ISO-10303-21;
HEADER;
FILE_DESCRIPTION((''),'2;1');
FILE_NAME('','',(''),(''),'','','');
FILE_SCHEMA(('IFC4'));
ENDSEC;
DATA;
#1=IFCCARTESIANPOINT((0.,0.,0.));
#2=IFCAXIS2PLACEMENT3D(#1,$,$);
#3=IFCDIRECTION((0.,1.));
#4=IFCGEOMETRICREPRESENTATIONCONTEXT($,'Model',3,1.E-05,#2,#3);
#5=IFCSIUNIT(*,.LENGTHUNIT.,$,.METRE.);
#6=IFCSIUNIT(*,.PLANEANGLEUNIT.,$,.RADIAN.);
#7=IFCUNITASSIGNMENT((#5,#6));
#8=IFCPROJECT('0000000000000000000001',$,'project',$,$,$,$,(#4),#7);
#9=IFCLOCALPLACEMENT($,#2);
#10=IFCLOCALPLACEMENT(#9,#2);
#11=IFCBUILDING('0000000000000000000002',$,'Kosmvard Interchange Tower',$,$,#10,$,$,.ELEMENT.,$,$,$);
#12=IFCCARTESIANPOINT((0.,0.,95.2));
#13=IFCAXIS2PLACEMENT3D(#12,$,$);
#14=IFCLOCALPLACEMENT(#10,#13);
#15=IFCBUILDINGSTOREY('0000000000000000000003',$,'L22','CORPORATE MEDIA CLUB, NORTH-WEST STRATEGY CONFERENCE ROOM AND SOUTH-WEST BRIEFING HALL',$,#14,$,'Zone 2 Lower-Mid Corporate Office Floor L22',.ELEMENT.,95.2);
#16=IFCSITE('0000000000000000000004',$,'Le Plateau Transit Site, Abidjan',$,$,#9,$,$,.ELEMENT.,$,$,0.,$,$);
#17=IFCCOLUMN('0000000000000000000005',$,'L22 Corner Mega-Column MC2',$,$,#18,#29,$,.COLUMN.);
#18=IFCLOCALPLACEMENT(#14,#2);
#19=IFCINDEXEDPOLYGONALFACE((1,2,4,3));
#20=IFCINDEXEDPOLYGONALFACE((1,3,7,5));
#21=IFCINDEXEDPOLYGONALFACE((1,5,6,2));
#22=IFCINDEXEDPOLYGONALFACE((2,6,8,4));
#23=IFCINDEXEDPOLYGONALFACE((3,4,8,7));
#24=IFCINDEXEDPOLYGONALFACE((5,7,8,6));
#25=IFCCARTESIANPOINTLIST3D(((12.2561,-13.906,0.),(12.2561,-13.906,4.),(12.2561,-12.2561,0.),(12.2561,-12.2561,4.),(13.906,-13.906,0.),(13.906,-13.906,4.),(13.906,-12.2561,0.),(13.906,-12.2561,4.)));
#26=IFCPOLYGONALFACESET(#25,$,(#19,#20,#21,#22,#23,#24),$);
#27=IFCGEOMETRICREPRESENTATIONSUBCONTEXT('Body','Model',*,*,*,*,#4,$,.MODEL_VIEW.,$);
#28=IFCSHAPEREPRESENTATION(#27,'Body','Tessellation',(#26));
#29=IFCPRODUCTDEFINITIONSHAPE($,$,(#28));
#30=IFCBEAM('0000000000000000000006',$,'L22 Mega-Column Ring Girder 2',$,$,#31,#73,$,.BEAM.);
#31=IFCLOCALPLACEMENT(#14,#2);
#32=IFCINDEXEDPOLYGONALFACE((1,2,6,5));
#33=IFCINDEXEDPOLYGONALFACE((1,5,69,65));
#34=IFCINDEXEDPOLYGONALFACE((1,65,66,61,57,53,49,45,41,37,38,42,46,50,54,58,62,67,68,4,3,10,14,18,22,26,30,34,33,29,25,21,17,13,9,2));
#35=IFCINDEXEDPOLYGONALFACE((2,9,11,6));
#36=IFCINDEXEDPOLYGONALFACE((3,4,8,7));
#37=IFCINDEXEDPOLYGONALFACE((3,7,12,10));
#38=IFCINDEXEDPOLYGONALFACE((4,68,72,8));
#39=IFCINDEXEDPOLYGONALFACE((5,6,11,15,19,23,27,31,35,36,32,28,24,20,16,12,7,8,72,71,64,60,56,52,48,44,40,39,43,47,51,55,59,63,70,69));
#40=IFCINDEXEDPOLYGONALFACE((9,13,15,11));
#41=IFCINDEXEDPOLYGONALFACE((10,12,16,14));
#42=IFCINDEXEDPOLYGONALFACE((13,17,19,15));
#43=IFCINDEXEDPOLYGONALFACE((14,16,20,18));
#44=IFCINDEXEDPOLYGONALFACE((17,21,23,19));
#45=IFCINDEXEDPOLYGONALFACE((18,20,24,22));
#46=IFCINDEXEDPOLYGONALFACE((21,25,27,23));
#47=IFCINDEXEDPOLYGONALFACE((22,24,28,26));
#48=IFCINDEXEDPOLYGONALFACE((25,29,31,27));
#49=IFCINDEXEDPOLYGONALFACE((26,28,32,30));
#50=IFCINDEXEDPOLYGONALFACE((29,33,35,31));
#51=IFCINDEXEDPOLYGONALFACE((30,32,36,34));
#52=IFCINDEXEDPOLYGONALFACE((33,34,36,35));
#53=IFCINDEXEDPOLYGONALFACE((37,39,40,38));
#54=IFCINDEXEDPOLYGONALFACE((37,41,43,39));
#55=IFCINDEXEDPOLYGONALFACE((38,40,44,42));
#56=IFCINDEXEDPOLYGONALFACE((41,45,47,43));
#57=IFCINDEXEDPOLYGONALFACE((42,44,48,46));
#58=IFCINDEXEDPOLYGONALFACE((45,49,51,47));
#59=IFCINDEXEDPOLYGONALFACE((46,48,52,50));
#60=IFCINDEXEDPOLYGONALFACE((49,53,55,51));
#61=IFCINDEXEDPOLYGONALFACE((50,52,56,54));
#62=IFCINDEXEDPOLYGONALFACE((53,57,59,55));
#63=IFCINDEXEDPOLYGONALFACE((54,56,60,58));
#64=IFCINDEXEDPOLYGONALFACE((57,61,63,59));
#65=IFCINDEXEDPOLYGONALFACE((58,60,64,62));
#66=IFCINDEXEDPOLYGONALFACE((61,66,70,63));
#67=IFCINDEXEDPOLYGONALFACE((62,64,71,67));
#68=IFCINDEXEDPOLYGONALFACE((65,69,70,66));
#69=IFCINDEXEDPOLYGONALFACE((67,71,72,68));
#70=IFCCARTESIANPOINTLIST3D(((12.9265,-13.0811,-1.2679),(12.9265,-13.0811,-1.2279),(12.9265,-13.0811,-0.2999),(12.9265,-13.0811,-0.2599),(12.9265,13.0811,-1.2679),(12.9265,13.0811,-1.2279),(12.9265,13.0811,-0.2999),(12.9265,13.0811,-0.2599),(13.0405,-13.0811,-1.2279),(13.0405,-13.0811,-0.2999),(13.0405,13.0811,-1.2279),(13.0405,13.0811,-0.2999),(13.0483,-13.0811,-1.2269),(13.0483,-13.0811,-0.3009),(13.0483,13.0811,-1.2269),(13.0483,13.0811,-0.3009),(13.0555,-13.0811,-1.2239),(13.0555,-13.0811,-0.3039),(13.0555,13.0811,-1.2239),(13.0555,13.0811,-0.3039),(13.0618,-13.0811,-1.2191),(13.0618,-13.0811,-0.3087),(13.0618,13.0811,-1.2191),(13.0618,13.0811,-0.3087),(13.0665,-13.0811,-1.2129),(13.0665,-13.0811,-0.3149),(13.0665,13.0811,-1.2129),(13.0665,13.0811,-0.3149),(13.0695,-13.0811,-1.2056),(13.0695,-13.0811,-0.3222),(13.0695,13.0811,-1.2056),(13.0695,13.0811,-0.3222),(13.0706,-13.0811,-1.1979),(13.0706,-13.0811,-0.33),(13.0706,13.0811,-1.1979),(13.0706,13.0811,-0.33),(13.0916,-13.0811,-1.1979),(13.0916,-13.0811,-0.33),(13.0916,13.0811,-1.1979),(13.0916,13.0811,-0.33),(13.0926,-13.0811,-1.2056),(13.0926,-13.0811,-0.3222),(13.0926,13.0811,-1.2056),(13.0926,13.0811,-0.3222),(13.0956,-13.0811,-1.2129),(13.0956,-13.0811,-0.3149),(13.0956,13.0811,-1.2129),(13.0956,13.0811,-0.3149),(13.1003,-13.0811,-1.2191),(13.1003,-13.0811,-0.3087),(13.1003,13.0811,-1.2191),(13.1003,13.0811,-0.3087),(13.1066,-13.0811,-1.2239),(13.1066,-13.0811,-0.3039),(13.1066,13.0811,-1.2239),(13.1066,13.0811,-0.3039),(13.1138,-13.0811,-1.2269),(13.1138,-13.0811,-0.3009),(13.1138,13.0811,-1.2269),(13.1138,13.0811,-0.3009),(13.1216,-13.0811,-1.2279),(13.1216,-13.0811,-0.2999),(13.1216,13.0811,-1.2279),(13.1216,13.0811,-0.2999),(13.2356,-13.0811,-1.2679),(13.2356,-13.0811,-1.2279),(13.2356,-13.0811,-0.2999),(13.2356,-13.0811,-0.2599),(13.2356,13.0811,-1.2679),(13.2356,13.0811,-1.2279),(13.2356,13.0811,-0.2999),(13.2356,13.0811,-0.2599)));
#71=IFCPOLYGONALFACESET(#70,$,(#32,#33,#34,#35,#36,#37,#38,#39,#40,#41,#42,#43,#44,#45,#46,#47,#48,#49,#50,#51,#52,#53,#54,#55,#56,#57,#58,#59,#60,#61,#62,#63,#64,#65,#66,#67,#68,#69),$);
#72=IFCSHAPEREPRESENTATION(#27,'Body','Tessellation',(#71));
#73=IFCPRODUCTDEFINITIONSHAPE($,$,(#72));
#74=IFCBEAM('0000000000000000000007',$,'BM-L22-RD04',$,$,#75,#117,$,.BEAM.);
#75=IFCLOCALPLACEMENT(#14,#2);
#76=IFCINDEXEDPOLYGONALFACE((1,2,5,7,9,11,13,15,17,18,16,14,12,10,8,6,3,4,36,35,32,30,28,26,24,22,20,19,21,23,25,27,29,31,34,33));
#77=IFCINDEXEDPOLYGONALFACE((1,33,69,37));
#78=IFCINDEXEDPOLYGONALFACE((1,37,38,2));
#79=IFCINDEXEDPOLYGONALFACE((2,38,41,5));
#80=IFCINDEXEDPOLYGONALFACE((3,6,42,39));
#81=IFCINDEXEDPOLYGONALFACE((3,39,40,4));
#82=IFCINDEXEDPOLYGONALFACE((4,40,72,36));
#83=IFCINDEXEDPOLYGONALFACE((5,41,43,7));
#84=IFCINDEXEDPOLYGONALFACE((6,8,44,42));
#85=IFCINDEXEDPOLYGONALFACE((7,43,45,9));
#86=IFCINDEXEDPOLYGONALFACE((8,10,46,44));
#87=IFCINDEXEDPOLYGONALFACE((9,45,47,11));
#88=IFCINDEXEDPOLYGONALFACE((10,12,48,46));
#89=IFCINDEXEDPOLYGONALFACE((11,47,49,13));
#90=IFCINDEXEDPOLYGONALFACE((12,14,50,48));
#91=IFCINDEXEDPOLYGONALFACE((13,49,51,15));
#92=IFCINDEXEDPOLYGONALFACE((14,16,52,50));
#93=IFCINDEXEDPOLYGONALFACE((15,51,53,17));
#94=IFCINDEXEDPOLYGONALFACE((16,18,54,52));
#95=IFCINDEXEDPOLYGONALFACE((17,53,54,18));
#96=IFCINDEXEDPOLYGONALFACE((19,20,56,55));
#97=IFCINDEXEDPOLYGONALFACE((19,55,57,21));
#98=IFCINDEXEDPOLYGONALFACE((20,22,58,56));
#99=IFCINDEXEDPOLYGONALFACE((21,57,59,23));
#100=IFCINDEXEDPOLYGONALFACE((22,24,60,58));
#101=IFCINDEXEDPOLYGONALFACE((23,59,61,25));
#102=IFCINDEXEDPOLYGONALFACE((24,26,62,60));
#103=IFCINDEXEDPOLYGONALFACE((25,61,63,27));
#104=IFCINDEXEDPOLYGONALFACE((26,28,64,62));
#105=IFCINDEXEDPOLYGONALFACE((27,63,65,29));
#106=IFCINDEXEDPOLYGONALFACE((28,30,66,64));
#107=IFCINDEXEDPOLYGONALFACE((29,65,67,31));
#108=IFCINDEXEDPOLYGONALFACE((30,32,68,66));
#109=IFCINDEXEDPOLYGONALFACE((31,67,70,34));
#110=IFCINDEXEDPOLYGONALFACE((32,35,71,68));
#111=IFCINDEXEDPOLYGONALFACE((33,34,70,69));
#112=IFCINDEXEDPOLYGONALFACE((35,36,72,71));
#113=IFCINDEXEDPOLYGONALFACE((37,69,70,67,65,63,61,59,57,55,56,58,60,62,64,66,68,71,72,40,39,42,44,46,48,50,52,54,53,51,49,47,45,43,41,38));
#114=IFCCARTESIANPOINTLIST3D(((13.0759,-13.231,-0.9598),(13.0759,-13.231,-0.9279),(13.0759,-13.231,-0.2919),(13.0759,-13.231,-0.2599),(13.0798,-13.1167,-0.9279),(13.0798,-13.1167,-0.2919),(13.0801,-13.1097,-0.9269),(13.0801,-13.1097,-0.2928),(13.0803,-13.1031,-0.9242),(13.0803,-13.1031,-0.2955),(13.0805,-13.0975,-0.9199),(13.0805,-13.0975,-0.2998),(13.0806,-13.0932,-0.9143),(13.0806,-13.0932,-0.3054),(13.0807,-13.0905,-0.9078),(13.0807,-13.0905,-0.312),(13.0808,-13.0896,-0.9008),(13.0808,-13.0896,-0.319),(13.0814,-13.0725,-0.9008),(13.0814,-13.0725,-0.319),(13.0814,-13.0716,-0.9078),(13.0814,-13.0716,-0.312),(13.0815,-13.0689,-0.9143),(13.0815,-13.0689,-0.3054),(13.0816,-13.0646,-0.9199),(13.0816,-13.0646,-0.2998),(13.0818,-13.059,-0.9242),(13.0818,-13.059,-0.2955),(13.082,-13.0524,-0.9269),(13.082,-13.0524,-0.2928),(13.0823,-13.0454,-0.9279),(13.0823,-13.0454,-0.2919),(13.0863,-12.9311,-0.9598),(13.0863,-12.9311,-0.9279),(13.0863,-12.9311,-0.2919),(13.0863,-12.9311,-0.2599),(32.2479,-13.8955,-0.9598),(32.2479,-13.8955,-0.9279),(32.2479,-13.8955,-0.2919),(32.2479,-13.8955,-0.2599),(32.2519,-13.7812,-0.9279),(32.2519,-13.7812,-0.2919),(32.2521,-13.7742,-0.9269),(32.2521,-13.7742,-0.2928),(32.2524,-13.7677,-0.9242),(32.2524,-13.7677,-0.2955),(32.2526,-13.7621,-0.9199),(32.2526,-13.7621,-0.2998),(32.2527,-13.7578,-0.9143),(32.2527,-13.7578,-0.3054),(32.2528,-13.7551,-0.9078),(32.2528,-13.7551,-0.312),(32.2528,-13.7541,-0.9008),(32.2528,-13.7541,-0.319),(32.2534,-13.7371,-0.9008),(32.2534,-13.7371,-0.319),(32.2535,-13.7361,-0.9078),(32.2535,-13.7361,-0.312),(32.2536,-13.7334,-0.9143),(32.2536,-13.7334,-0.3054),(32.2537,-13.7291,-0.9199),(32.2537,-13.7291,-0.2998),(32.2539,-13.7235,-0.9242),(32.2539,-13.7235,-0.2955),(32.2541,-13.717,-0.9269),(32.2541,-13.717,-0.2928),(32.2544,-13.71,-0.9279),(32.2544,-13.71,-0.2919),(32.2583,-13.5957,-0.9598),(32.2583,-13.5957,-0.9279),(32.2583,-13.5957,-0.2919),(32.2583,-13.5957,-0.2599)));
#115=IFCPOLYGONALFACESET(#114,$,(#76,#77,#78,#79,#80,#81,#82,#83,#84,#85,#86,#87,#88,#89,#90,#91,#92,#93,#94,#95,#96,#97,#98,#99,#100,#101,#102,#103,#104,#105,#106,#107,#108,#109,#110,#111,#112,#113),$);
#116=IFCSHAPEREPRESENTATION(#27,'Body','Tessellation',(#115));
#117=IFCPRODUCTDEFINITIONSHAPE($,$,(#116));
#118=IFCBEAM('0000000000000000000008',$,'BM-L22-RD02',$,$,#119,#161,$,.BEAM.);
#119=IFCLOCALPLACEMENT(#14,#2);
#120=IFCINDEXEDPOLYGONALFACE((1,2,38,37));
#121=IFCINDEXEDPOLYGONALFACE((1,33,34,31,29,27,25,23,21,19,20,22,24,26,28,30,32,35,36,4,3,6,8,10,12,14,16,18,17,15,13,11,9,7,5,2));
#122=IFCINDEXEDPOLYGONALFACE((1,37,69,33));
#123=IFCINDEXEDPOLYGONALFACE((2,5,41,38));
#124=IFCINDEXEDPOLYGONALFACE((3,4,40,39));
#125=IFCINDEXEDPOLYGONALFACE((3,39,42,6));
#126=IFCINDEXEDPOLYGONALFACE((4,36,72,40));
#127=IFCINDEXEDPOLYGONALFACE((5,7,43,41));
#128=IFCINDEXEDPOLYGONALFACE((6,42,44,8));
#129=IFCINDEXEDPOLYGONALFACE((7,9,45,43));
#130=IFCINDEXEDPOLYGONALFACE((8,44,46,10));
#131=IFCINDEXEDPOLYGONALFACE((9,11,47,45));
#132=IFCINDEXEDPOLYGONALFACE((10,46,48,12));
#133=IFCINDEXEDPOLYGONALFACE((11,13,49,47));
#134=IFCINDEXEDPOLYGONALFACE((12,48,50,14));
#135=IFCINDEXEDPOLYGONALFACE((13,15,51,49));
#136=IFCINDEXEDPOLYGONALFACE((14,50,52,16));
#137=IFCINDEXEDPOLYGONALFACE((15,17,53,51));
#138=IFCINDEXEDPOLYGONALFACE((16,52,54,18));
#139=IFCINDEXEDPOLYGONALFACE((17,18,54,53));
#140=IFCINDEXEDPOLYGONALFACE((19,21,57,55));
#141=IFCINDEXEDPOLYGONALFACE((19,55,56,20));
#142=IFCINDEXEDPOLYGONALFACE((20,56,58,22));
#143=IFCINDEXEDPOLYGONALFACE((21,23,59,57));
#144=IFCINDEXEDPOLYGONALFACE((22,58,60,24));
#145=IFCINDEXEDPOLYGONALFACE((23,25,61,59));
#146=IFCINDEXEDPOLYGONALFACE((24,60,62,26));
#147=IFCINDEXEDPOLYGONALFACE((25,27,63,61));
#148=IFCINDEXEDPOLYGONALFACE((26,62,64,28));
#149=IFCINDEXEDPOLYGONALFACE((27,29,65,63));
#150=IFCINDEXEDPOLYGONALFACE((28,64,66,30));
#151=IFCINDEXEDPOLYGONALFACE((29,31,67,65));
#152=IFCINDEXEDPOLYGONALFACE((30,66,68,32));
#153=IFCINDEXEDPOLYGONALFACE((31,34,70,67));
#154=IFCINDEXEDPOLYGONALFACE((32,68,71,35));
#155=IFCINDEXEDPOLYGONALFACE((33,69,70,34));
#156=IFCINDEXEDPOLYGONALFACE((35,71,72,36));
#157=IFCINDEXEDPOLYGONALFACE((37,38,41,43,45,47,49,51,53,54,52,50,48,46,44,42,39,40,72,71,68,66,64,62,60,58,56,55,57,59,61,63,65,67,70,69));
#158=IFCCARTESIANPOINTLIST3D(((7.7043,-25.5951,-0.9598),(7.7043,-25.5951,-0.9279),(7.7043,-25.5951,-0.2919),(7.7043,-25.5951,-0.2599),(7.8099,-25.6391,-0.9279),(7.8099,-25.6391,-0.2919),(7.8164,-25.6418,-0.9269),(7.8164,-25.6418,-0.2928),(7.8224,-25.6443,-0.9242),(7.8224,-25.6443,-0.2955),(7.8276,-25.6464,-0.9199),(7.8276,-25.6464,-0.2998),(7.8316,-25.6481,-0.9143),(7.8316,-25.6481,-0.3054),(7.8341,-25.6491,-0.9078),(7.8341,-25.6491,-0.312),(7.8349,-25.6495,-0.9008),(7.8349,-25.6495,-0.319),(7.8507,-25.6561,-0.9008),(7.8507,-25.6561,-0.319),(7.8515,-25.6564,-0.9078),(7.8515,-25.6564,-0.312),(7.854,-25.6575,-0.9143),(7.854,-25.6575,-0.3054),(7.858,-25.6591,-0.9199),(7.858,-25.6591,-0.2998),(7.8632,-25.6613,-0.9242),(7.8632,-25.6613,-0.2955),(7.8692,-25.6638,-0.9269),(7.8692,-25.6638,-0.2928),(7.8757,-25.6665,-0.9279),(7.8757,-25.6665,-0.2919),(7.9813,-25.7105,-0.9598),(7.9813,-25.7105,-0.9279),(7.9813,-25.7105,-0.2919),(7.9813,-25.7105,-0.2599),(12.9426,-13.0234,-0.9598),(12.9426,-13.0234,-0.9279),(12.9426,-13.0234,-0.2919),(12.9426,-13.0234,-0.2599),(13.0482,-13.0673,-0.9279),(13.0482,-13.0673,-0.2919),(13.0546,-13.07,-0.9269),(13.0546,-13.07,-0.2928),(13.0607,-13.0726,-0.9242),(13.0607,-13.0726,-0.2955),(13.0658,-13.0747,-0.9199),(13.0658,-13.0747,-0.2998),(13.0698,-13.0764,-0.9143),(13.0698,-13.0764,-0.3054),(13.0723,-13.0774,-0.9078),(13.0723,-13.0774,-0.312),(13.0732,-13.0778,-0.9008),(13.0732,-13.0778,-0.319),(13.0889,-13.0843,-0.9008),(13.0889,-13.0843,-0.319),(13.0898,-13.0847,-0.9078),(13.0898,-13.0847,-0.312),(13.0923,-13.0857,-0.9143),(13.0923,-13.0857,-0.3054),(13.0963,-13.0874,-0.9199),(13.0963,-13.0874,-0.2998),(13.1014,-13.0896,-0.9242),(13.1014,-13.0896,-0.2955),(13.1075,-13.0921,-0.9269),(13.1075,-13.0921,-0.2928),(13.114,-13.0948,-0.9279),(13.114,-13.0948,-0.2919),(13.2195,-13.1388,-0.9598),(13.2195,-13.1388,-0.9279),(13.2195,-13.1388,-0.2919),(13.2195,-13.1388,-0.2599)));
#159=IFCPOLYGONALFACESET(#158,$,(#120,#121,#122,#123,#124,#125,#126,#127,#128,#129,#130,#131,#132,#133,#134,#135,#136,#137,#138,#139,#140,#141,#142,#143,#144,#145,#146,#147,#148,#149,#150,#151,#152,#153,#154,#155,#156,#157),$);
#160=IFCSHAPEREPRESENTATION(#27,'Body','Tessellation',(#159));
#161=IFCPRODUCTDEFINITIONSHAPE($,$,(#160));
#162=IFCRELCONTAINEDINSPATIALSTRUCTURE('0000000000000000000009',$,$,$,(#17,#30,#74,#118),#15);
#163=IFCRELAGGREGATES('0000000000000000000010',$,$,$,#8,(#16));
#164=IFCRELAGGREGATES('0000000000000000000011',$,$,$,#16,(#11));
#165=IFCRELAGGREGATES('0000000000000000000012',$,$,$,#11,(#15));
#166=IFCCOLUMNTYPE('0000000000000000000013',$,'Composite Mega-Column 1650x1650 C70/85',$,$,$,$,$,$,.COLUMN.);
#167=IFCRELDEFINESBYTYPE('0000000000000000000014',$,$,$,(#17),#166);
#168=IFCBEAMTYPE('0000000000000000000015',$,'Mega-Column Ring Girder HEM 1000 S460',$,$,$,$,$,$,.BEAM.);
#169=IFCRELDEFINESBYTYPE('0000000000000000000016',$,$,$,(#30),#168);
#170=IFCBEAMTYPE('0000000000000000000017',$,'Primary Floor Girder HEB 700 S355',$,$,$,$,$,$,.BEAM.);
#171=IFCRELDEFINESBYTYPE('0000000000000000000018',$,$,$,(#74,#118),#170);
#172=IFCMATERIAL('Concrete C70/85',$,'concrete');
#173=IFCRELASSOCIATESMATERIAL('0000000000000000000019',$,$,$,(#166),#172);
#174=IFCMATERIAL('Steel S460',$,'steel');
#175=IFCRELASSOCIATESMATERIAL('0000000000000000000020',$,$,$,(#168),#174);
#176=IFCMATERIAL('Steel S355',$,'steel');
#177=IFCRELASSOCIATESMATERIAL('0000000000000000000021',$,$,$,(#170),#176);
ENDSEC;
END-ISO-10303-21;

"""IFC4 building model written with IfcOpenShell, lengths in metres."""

from ifc_helpers import new_model, si_unit, direction, frame, origin, origin_2d, place, context, subcontext, project, spatial, rectangle, i_section, extrude, source, transform, mapped, material, material_profile, profile_set, type_object, element, save


model = new_model("IFC4")

# Units and contexts
model_context = context("Model", 3, precision=1e-05, world=origin(), true_north=direction((0.0, 1.0)))
body_context = subcontext(model_context, "Body", "Model", "MODEL_VIEW")
ifc_project = project(units=[si_unit("LENGTHUNIT", "METRE"), si_unit("PLANEANGLEUNIT", "RADIAN")], contexts=[model_context])

# Site, building, storey
site_placement = place(None, origin())
site = spatial("IfcSite", under=ifc_project, at=site_placement, Name="Le Plateau Transit Site, Abidjan", CompositionType="ELEMENT", RefElevation=0.0)
building_placement = place(site_placement, origin())
building = spatial("IfcBuilding", under=site, at=building_placement, Name="Kosmvard Interchange Tower", CompositionType="ELEMENT")
storey_placement = place(building_placement, frame((0.0, 0.0, 95.2)))
storey = spatial("IfcBuildingStorey", under=building, at=storey_placement, Name="L22", Description="CORPORATE MEDIA CLUB, NORTH-WEST STRATEGY CONFERENCE ROOM AND SOUTH-WEST BRIEFING HALL", LongName="Zone 2 Lower-Mid Corporate Office Floor L22", CompositionType="ELEMENT", Elevation=95.2)

# Column
ifc_material_1 = material(Name="Concrete C70/85", Category="concrete")
ifc_material_profile_1 = material_profile(ifc_material_1, rectangle(XDim=1.6499, YDim=1.6499, at=origin_2d()), Name="MC 1650x1650")
ifc_profile_set_1 = profile_set([ifc_material_profile_1], Name="Concrete C70/85")
column_type = type_object("IfcColumnType", Name="Composite Mega-Column 1650x1650 C70/85", PredefinedType="COLUMN", material=ifc_profile_set_1)
shared_shape_1 = source(origin(), body_context, "Body", "SweptSolid", [
    extrude(rectangle(XDim=1.6499, YDim=1.6499, at=origin_2d()), origin(), (0.0, 0.0, 1.0), 4.0),
])
column_placement = place(storey_placement, frame((13.0811, -13.0811, 0.0), z_axis=(0.0, 0.0, 1.0), x_axis=(1.0, 0.0, 0.0)))
element("IfcColumn", 1, at=column_placement, inside=storey, type_object=column_type, Name="L22 Corner Mega-Column MC2", PredefinedType="COLUMN", context=body_context, shape_type="MappedRepresentation", body=[
    mapped(shared_shape_1, transform((0.0, 0.0, 0.0), scale=1.0)),
])

# Beams
ifc_material_2 = material(Name="Steel S460", Category="steel")
ifc_material_profile_2 = material_profile(ifc_material_2, i_section(OverallWidth=0.3091, OverallDepth=1.0081, WebThickness=0.021, FlangeThickness=0.04, FilletRadius=0.03, at=origin_2d()), Name="HEM 1000")
ifc_profile_set_2 = profile_set([ifc_material_profile_2], Name="Steel S460")
beam_type_1 = type_object("IfcBeamType", Name="Mega-Column Ring Girder HEM 1000 S460", PredefinedType="BEAM", material=ifc_profile_set_2)
shared_shape_2 = source(origin(), body_context, "Body", "SweptSolid", [
    extrude(i_section(OverallWidth=0.3091, OverallDepth=1.0081, WebThickness=0.021, FlangeThickness=0.04, FilletRadius=0.03, at=origin_2d()), origin(), (0.0, 0.0, 1.0), 26.1621),
])
beam_1_placement = place(storey_placement, frame((13.0811, -13.0811, -0.7639), z_axis=(0.0, 1.0, 0.0), x_axis=(-1.0, 0.0, 0.0)))
element("IfcBeam", 2, at=beam_1_placement, inside=storey, type_object=beam_type_1, Name="L22 Mega-Column Ring Girder 2", PredefinedType="BEAM", context=body_context, shape_type="MappedRepresentation", body=[
    mapped(shared_shape_2, transform((0.0, 0.0, 0.0), scale=1.0)),
])
ifc_material_3 = material(Name="Steel S355", Category="steel")
ifc_material_profile_3 = material_profile(ifc_material_3, i_section(OverallWidth=0.3, OverallDepth=0.7, WebThickness=0.0171, FlangeThickness=0.032, FilletRadius=0.0271, at=origin_2d()), Name="HEB 700")
ifc_profile_set_3 = profile_set([ifc_material_profile_3], Name="Steel S355")
beam_type_2 = type_object("IfcBeamType", Name="Primary Floor Girder HEB 700 S355", PredefinedType="BEAM", material=ifc_profile_set_3)
shared_shape_3 = source(origin(), body_context, "Body", "SweptSolid", [
    extrude(i_section(OverallWidth=0.3, OverallDepth=0.7, WebThickness=0.0171, FlangeThickness=0.032, FilletRadius=0.0271, at=origin_2d()), origin(), (0.0, 0.0, 1.0), 19.1836),
])
beam_2_placement = place(storey_placement, frame((13.0811, -13.0811, -0.6099), z_axis=(0.9994, -0.034642, 0.0), x_axis=(0.034642, 0.9994, 0.0)))
element("IfcBeam", 3, at=beam_2_placement, inside=storey, type_object=beam_type_2, Name="BM-L22-RD04", PredefinedType="BEAM", context=body_context, shape_type="MappedRepresentation", body=[
    mapped(shared_shape_3, transform((0.0, 0.0, 0.0), scale=1.0)),
])
shared_shape_4 = source(origin(), body_context, "Body", "SweptSolid", [
    extrude(i_section(OverallWidth=0.3, OverallDepth=0.7, WebThickness=0.0171, FlangeThickness=0.032, FilletRadius=0.0271, at=origin_2d()), origin(), (0.0, 0.0, 1.0), 13.6194),
])
beam_3_placement = place(storey_placement, frame((13.0811, -13.0811, -0.6099), z_axis=(-0.384618, -0.923076, 0.0), x_axis=(0.923076, -0.384618, 0.0)))
element("IfcBeam", 4, at=beam_3_placement, inside=storey, type_object=beam_type_2, Name="BM-L22-RD02", PredefinedType="BEAM", context=body_context, shape_type="MappedRepresentation", body=[
    mapped(shared_shape_4, transform((0.0, 0.0, 0.0), scale=1.0)),
])

save(model, "model.ifc")
